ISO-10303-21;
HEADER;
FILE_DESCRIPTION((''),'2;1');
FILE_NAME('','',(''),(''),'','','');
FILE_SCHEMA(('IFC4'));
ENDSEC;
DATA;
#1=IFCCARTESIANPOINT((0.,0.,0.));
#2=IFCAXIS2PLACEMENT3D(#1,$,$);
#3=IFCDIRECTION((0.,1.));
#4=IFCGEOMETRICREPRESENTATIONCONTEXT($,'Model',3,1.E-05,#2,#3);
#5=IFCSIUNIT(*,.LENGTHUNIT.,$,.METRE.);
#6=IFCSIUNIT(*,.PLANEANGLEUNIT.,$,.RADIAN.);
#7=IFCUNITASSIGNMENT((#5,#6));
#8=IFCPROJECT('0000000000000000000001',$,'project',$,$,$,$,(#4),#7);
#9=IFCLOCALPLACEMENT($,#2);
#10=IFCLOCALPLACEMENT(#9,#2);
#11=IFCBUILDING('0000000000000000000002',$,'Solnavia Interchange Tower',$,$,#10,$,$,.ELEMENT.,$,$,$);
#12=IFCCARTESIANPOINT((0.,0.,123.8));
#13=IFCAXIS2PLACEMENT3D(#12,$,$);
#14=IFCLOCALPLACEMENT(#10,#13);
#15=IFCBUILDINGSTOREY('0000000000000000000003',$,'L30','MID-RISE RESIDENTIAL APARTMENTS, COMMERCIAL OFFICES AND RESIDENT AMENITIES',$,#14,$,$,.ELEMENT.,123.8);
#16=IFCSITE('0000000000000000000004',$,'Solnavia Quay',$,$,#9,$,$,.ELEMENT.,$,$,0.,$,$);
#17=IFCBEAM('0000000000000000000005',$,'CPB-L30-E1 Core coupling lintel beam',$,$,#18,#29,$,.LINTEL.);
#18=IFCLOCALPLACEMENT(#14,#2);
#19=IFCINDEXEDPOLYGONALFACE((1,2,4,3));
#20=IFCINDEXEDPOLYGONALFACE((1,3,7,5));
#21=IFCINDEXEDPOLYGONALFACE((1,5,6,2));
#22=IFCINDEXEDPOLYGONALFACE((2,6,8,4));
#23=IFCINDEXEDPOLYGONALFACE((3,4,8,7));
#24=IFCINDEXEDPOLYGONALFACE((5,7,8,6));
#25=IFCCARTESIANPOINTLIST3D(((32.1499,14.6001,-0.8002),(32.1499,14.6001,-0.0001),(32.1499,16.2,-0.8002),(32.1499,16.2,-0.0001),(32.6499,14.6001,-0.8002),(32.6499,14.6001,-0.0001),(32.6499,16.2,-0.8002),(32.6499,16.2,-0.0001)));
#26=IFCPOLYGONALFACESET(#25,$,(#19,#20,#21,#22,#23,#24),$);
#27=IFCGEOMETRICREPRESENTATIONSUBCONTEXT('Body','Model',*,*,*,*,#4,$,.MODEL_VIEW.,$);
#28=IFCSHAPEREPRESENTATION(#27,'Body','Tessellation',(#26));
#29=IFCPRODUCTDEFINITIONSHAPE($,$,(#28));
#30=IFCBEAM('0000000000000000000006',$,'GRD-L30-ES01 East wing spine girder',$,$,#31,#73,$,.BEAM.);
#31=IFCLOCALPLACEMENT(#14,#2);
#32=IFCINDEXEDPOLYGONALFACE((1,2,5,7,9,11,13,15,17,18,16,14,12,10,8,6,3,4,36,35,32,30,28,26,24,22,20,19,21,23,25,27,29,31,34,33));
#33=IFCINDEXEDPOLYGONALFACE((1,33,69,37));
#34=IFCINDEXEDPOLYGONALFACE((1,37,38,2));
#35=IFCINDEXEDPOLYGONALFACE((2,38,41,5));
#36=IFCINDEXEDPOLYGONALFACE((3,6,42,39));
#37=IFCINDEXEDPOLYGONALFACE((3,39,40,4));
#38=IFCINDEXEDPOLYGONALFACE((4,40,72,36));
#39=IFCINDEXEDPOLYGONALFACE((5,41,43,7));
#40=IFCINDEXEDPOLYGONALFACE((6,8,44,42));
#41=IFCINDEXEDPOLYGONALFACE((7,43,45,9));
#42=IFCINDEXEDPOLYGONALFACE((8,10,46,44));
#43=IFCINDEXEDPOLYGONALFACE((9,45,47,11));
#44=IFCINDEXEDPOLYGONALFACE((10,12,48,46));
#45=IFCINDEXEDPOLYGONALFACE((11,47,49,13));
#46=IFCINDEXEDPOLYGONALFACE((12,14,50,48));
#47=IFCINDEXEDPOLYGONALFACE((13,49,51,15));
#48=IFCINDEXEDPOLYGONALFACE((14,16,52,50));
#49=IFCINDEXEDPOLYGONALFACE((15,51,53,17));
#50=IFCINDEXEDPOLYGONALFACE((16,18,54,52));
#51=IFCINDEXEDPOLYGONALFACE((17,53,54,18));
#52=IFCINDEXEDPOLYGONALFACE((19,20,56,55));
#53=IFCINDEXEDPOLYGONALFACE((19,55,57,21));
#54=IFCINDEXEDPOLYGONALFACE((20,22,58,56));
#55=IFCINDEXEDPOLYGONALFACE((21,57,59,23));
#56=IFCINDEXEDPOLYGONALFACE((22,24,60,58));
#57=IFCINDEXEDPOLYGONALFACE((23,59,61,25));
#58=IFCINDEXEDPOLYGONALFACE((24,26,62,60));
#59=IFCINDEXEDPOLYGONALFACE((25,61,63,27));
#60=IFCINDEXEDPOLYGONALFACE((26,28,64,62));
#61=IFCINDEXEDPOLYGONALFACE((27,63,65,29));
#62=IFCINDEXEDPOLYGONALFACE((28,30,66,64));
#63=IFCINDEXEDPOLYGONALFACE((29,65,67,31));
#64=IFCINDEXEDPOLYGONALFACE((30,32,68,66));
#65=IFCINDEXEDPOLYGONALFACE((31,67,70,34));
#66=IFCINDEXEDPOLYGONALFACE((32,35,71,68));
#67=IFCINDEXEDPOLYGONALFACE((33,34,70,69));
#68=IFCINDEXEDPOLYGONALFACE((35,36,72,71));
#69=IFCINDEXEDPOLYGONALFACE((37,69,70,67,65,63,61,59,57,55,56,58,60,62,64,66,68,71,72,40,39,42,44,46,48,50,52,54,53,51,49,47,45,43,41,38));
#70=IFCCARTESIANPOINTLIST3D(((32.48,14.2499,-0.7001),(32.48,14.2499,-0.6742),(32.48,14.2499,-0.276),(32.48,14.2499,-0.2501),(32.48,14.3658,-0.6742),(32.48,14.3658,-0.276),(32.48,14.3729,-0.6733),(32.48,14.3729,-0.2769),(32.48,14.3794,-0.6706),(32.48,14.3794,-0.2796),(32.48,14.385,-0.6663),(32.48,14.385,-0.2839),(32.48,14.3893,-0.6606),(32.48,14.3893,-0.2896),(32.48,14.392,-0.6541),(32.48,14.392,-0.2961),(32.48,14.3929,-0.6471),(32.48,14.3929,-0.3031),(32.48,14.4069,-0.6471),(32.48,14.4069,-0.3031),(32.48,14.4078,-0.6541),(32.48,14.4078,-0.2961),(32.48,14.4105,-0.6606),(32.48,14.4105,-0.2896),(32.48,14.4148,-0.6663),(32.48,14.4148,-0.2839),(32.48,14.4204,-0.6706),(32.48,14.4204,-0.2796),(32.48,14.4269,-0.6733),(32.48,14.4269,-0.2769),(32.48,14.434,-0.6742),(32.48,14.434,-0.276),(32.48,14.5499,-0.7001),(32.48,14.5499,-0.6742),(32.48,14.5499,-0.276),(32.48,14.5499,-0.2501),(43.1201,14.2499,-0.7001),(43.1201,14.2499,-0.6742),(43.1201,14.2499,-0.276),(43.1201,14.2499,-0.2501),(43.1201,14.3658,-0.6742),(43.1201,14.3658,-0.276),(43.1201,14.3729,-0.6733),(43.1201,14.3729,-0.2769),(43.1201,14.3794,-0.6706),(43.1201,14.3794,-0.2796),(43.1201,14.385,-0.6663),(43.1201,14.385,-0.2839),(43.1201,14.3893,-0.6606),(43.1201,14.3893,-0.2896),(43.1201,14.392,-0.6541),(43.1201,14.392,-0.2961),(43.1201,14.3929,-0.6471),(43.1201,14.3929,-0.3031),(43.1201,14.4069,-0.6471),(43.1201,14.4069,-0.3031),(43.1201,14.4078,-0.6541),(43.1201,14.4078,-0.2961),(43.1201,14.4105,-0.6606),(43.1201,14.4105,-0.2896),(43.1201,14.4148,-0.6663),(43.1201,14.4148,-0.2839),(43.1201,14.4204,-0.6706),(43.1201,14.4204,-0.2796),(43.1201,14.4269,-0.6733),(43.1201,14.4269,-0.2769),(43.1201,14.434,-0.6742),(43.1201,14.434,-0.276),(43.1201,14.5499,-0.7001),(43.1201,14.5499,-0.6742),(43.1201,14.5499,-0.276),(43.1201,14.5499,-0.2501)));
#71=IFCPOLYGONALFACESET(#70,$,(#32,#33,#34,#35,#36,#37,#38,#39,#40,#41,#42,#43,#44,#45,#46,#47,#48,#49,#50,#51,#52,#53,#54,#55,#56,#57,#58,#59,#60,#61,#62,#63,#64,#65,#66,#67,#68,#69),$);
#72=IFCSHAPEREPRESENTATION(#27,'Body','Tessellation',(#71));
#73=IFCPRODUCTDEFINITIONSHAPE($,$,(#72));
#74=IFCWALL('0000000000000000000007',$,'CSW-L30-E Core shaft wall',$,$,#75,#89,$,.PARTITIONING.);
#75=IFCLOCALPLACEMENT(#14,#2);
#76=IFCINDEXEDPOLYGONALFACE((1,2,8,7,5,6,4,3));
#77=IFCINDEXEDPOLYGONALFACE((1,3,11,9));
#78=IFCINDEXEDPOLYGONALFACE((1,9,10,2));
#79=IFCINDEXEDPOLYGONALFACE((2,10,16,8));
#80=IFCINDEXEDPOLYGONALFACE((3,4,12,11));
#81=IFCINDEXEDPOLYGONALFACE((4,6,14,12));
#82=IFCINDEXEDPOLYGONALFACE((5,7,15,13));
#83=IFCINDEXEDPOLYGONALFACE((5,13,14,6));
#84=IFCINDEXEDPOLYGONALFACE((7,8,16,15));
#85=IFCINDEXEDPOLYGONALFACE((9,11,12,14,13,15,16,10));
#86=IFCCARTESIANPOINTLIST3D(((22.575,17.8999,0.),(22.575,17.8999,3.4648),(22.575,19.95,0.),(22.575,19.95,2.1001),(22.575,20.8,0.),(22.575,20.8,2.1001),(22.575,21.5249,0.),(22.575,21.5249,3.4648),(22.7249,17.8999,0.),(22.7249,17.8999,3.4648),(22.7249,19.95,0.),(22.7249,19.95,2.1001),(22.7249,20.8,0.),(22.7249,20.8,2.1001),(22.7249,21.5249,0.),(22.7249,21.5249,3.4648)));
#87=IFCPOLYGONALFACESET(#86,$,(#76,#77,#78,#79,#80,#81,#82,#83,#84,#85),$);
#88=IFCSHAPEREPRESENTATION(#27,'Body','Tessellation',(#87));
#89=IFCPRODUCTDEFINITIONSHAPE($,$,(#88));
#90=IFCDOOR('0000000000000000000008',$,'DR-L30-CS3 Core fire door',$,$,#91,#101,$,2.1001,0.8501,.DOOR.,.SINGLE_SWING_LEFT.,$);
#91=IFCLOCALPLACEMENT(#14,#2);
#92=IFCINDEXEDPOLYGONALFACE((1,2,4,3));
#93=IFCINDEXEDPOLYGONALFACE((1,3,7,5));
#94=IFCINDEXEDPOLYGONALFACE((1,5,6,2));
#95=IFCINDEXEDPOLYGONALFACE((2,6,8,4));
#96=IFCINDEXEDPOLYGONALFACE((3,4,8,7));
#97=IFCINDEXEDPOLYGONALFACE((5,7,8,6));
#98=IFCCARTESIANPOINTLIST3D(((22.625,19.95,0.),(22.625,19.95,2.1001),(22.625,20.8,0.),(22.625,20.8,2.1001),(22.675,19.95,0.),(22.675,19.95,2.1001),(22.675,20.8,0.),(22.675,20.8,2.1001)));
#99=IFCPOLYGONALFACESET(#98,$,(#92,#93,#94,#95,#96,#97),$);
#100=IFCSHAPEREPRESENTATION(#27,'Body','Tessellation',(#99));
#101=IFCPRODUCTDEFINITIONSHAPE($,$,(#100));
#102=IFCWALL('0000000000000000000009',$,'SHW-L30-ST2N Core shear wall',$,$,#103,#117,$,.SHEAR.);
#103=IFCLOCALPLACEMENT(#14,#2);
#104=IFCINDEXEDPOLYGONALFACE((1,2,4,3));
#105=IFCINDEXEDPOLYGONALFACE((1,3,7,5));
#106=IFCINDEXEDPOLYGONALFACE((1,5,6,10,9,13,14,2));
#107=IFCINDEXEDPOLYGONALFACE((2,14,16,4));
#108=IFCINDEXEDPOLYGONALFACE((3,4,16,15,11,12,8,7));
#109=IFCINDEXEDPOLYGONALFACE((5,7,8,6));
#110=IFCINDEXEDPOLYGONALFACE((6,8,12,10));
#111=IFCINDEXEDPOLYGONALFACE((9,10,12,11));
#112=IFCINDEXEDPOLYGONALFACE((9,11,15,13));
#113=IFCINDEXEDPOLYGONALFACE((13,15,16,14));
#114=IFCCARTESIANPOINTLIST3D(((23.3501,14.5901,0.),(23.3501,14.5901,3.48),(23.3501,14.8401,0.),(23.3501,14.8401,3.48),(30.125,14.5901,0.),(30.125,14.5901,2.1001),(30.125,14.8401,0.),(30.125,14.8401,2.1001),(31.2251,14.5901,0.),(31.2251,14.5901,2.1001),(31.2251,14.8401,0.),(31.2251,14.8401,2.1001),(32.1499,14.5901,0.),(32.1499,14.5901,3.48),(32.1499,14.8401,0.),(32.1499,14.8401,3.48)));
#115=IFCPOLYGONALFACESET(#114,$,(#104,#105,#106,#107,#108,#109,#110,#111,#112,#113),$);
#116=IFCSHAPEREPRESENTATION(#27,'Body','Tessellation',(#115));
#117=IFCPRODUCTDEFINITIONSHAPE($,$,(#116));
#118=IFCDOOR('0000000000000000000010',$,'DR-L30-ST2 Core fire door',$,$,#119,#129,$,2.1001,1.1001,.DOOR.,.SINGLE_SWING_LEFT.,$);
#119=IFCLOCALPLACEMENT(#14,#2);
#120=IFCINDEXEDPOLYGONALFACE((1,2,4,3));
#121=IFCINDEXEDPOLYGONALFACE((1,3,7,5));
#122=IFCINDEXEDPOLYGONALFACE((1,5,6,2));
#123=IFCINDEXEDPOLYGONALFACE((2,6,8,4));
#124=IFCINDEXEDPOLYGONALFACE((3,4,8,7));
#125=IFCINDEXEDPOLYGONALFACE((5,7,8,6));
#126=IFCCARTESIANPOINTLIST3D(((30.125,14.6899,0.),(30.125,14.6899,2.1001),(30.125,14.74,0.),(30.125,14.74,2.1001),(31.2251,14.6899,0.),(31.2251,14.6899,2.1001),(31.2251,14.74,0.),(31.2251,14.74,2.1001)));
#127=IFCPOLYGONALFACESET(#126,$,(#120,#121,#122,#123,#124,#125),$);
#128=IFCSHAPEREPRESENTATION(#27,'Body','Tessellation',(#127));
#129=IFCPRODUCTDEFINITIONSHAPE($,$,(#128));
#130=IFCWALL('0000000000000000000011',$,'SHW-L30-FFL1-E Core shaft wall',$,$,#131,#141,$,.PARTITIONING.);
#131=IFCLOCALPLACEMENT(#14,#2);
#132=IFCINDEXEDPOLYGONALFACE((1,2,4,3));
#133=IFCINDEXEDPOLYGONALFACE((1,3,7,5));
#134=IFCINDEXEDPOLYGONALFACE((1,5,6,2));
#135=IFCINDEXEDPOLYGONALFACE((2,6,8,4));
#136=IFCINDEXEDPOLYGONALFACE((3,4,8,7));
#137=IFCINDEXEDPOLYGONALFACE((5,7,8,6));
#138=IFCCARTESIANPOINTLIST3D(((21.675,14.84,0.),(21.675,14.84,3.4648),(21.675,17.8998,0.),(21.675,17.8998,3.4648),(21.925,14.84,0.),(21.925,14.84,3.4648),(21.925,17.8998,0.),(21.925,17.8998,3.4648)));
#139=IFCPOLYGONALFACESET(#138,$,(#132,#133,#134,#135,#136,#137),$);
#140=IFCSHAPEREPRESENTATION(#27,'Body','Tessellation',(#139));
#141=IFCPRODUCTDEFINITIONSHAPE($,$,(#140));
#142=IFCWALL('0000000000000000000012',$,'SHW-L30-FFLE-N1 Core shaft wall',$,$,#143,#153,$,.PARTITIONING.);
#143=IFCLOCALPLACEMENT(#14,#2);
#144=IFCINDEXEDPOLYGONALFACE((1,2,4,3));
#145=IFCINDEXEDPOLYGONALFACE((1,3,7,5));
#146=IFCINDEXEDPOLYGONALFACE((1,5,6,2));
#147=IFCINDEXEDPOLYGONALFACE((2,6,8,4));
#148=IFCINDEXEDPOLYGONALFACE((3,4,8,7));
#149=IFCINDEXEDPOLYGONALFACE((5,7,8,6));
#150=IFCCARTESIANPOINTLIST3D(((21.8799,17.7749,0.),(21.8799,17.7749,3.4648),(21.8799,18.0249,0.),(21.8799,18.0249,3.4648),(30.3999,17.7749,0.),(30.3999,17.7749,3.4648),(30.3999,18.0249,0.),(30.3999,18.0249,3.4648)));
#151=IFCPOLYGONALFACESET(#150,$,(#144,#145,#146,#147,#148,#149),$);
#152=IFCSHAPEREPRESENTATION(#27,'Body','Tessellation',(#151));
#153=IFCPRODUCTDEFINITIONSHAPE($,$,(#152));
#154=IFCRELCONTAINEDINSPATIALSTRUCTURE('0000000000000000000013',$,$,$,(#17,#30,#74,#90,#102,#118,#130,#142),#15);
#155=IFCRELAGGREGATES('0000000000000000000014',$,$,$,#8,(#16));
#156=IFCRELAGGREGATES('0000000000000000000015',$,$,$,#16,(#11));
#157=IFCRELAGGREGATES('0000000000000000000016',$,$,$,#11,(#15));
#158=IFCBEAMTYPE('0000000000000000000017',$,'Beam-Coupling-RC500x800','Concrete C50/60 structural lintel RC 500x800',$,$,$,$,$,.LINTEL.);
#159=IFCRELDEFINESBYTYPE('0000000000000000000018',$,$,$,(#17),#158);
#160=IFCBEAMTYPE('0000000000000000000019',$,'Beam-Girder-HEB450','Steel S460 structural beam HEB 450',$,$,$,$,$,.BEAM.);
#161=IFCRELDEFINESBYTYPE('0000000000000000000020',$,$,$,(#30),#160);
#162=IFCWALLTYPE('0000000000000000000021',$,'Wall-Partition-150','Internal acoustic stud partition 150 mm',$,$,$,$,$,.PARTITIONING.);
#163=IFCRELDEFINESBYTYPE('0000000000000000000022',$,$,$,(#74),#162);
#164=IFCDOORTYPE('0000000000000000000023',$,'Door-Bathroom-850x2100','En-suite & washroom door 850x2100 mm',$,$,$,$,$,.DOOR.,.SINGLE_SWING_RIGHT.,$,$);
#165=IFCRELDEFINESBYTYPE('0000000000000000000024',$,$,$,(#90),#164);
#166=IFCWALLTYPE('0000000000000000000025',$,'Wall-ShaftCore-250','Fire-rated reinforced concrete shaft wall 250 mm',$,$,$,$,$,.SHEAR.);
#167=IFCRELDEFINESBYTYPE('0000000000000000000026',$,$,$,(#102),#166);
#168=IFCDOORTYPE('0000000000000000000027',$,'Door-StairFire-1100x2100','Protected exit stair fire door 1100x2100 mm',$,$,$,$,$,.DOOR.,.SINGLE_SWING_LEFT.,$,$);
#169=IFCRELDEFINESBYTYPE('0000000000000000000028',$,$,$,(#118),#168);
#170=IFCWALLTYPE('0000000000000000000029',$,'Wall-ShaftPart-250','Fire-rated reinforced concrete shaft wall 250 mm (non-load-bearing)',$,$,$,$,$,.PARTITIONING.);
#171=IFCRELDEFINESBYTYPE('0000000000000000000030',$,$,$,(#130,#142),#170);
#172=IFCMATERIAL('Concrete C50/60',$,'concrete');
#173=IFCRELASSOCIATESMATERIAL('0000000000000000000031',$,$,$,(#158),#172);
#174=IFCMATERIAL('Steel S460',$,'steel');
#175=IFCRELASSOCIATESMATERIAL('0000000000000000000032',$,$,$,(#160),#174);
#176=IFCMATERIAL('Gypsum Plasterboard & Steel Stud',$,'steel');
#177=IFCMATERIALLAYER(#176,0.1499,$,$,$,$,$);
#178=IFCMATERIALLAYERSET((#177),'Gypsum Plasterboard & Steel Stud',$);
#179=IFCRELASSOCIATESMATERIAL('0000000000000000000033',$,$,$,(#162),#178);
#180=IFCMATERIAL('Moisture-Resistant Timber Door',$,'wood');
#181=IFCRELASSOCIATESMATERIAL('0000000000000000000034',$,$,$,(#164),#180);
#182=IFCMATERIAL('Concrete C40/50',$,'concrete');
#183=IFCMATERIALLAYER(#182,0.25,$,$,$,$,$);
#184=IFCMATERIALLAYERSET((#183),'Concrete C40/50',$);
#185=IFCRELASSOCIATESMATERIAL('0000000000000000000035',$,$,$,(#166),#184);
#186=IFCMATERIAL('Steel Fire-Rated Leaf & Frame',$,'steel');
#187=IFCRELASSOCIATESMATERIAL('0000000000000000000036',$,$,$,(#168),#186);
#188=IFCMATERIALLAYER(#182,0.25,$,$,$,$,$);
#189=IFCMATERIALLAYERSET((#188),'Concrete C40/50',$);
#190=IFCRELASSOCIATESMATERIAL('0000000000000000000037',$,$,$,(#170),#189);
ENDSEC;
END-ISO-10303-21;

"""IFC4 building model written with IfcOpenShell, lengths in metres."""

from ifc_helpers import new_model, si_unit, direction, frame, frame_2d, origin, origin_2d, place, context, subcontext, project, spatial, rectangle, i_section, extrude, material, layer, layer_set, material_profile, profile_set, type_object, element, fill, save


model = new_model("IFC4")

# Units and contexts
model_context = context("Model", 3, precision=1e-05, world=origin(), true_north=direction((0.0, 1.0)))
body_context = subcontext(model_context, "Body", "Model", "MODEL_VIEW")
ifc_project = project(units=[si_unit("LENGTHUNIT", "METRE"), si_unit("PLANEANGLEUNIT", "RADIAN")], contexts=[model_context])

# Site, building, storey
site_placement = place(None, origin())
site = spatial("IfcSite", under=ifc_project, at=site_placement, Name="Solnavia Quay", CompositionType="ELEMENT", RefElevation=0.0)
building_placement = place(site_placement, origin())
building = spatial("IfcBuilding", under=site, at=building_placement, Name="Solnavia Interchange Tower", CompositionType="ELEMENT")
storey_placement = place(building_placement, frame((0.0, 0.0, 123.8)))
storey = spatial("IfcBuildingStorey", under=building, at=storey_placement, Name="L30", Description="MID-RISE RESIDENTIAL APARTMENTS, COMMERCIAL OFFICES AND RESIDENT AMENITIES", CompositionType="ELEMENT", Elevation=123.8)

# Beams
ifc_material_1 = material(Name="Concrete C50/60", Category="concrete")
ifc_material_profile_1 = material_profile(ifc_material_1, rectangle(XDim=0.5, YDim=0.8, at=origin_2d()), Name="RC 500x800")
ifc_profile_set_1 = profile_set([ifc_material_profile_1], Name="Concrete C50/60")
beam_type_1 = type_object("IfcBeamType", Name="Beam-Coupling-RC500x800", Description="Concrete C50/60 structural lintel RC 500x800", PredefinedType="LINTEL", material=ifc_profile_set_1)
beam_1_placement = place(storey_placement, frame((32.3999, 14.6001, -0.4001), z_axis=(0.0, 1.0, 0.0), x_axis=(-1.0, 0.0, 0.0)))
element("IfcBeam", 1, at=beam_1_placement, inside=storey, type_object=beam_type_1, Name="CPB-L30-E1 Core coupling lintel beam", PredefinedType="LINTEL", context=body_context, shape_type="SweptSolid", body=[
    extrude(rectangle(XDim=0.5, YDim=0.8, at=origin_2d()), origin(), (0.0, 0.0, 1.0), 1.5999),
])
ifc_material_2 = material(Name="Steel S460", Category="steel")
ifc_material_profile_2 = material_profile(ifc_material_2, i_section(OverallWidth=0.3, OverallDepth=0.45, WebThickness=0.0139, FlangeThickness=0.0259, FilletRadius=0.0271, at=origin_2d()), Name="HEB 450")
ifc_profile_set_2 = profile_set([ifc_material_profile_2], Name="Steel S460")
beam_type_2 = type_object("IfcBeamType", Name="Beam-Girder-HEB450", Description="Steel S460 structural beam HEB 450", PredefinedType="BEAM", material=ifc_profile_set_2)
beam_2_placement = place(storey_placement, frame((32.48, 14.3999, -0.4751), z_axis=(1.0, 0.0, 0.0), x_axis=(0.0, 1.0, 0.0)))
element("IfcBeam", 2, at=beam_2_placement, inside=storey, type_object=beam_type_2, Name="GRD-L30-ES01 East wing spine girder", PredefinedType="BEAM", context=body_context, shape_type="SweptSolid", body=[
    extrude(i_section(OverallWidth=0.3, OverallDepth=0.45, WebThickness=0.0139, FlangeThickness=0.0259, FilletRadius=0.0271, at=origin_2d()), origin(), (0.0, 0.0, 1.0), 10.6401),
])

# Walls, openings, doors
ifc_material_3 = material(Name="Gypsum Plasterboard & Steel Stud", Category="steel")
ifc_layer_1 = layer(ifc_material_3, 0.1499)
ifc_layer_set_1 = layer_set([ifc_layer_1], Name="Gypsum Plasterboard & Steel Stud")
wall_type_1 = type_object("IfcWallType", Name="Wall-Partition-150", Description="Internal acoustic stud partition 150 mm", PredefinedType="PARTITIONING", material=ifc_layer_set_1)
wall_1_placement = place(storey_placement, frame((22.6499, 17.8999, 0.0), z_axis=(0.0, 0.0, 1.0), x_axis=(0.0, 1.0, 0.0)))
wall_1 = element("IfcWall", 3, at=wall_1_placement, inside=storey, type_object=wall_type_1, Name="CSW-L30-E Core shaft wall", PredefinedType="PARTITIONING", context=body_context, shape_type="SweptSolid", body=[
    extrude(rectangle(XDim=3.625, YDim=0.1499, at=frame_2d((1.8125, 0.0))), origin(), (0.0, 0.0, 1.0), 3.4648),
])
opening_1_placement = place(wall_1_placement, frame((2.05, 0.0, 0.0)))
opening_1 = element("IfcOpeningElement", 4, at=opening_1_placement, cuts=wall_1, PredefinedType="OPENING", context=body_context, shape_type="SweptSolid", body=[
    extrude(rectangle(XDim=0.8501, YDim=2.1001, at=frame_2d((0.425, 1.05))), frame((0.0, 0.085, 0.0), z_axis=(0.0, -1.0, 0.0), x_axis=(1.0, 0.0, 0.0)), (0.0, 0.0, 1.0), 0.1699),
])
ifc_material_4 = material(Name="Moisture-Resistant Timber Door", Category="wood")
door_type_1 = type_object("IfcDoorType", Name="Door-Bathroom-850x2100", Description="En-suite & washroom door 850x2100 mm", OperationType="SINGLE_SWING_RIGHT", PredefinedType="DOOR", material=ifc_material_4)
door_1_placement = place(opening_1_placement, origin())
door_1 = element("IfcDoor", 5, at=door_1_placement, inside=storey, type_object=door_type_1, Name="DR-L30-CS3 Core fire door", OperationType="SINGLE_SWING_LEFT", OverallHeight=2.1001, OverallWidth=0.8501, PredefinedType="DOOR", context=body_context, shape_type="SweptSolid", body=[
    extrude(rectangle(XDim=0.8501, YDim=2.1001, at=frame_2d((0.425, 1.05))), frame((0.0, 0.0249, 0.0), z_axis=(0.0, -1.0, 0.0), x_axis=(1.0, 0.0, 0.0)), (0.0, 0.0, 1.0), 0.05),
])
fill(opening_1, door_1)
ifc_material_5 = material(Name="Concrete C40/50", Category="concrete")
ifc_layer_2 = layer(ifc_material_5, 0.25)
ifc_layer_set_2 = layer_set([ifc_layer_2], Name="Concrete C40/50")
wall_type_2 = type_object("IfcWallType", Name="Wall-ShaftCore-250", Description="Fire-rated reinforced concrete shaft wall 250 mm", PredefinedType="SHEAR", material=ifc_layer_set_2)
wall_2_placement = place(storey_placement, frame((23.3501, 14.7151, 0.0), z_axis=(0.0, 0.0, 1.0), x_axis=(1.0, 0.0, 0.0)))
wall_2 = element("IfcWall", 6, at=wall_2_placement, inside=storey, type_object=wall_type_2, Name="SHW-L30-ST2N Core shear wall", PredefinedType="SHEAR", context=body_context, shape_type="SweptSolid", body=[
    extrude(rectangle(XDim=8.7998, YDim=0.25, at=frame_2d((4.3999, 0.0))), origin(), (0.0, 0.0, 1.0), 3.48),
])
opening_2_placement = place(wall_2_placement, frame((6.7749, 0.0, 0.0)))
opening_2 = element("IfcOpeningElement", 7, at=opening_2_placement, cuts=wall_2, PredefinedType="OPENING", context=body_context, shape_type="SweptSolid", body=[
    extrude(rectangle(XDim=1.1001, YDim=2.1001, at=frame_2d((0.55, 1.05))), frame((0.0, 0.135, 0.0), z_axis=(0.0, -1.0, 0.0), x_axis=(1.0, 0.0, 0.0)), (0.0, 0.0, 1.0), 0.27),
])
ifc_material_6 = material(Name="Steel Fire-Rated Leaf & Frame", Category="steel")
door_type_2 = type_object("IfcDoorType", Name="Door-StairFire-1100x2100", Description="Protected exit stair fire door 1100x2100 mm", OperationType="SINGLE_SWING_LEFT", PredefinedType="DOOR", material=ifc_material_6)
door_2_placement = place(opening_2_placement, origin())
door_2 = element("IfcDoor", 8, at=door_2_placement, inside=storey, type_object=door_type_2, Name="DR-L30-ST2 Core fire door", OperationType="SINGLE_SWING_LEFT", OverallHeight=2.1001, OverallWidth=1.1001, PredefinedType="DOOR", context=body_context, shape_type="SweptSolid", body=[
    extrude(rectangle(XDim=1.1001, YDim=2.1001, at=frame_2d((0.55, 1.05))), frame((0.0, 0.0249, 0.0), z_axis=(0.0, -1.0, 0.0), x_axis=(1.0, 0.0, 0.0)), (0.0, 0.0, 1.0), 0.05),
])
fill(opening_2, door_2)

# Walls
ifc_layer_3 = layer(ifc_material_5, 0.25)
ifc_layer_set_3 = layer_set([ifc_layer_3], Name="Concrete C40/50")
wall_type_3 = type_object("IfcWallType", Name="Wall-ShaftPart-250", Description="Fire-rated reinforced concrete shaft wall 250 mm (non-load-bearing)", PredefinedType="PARTITIONING", material=ifc_layer_set_3)
wall_3_placement = place(storey_placement, frame((21.8, 14.8401, 0.0), z_axis=(0.0, 0.0, 1.0), x_axis=(0.0, 1.0, 0.0)))
element("IfcWall", 9, at=wall_3_placement, inside=storey, type_object=wall_type_3, Name="SHW-L30-FFL1-E Core shaft wall", PredefinedType="PARTITIONING", context=body_context, shape_type="SweptSolid", body=[
    extrude(rectangle(XDim=3.0598, YDim=0.25, at=frame_2d((1.5298, 0.0))), origin(), (0.0, 0.0, 1.0), 3.4648),
])
wall_4_placement = place(storey_placement, frame((21.8799, 17.8999, 0.0), z_axis=(0.0, 0.0, 1.0), x_axis=(1.0, 0.0, 0.0)))
element("IfcWall", 10, at=wall_4_placement, inside=storey, type_object=wall_type_3, Name="SHW-L30-FFLE-N1 Core shaft wall", PredefinedType="PARTITIONING", context=body_context, shape_type="SweptSolid", body=[
    extrude(rectangle(XDim=8.52, YDim=0.25, at=frame_2d((4.26, 0.0))), origin(), (0.0, 0.0, 1.0), 3.4648),
])

save(model, "model.ifc")
